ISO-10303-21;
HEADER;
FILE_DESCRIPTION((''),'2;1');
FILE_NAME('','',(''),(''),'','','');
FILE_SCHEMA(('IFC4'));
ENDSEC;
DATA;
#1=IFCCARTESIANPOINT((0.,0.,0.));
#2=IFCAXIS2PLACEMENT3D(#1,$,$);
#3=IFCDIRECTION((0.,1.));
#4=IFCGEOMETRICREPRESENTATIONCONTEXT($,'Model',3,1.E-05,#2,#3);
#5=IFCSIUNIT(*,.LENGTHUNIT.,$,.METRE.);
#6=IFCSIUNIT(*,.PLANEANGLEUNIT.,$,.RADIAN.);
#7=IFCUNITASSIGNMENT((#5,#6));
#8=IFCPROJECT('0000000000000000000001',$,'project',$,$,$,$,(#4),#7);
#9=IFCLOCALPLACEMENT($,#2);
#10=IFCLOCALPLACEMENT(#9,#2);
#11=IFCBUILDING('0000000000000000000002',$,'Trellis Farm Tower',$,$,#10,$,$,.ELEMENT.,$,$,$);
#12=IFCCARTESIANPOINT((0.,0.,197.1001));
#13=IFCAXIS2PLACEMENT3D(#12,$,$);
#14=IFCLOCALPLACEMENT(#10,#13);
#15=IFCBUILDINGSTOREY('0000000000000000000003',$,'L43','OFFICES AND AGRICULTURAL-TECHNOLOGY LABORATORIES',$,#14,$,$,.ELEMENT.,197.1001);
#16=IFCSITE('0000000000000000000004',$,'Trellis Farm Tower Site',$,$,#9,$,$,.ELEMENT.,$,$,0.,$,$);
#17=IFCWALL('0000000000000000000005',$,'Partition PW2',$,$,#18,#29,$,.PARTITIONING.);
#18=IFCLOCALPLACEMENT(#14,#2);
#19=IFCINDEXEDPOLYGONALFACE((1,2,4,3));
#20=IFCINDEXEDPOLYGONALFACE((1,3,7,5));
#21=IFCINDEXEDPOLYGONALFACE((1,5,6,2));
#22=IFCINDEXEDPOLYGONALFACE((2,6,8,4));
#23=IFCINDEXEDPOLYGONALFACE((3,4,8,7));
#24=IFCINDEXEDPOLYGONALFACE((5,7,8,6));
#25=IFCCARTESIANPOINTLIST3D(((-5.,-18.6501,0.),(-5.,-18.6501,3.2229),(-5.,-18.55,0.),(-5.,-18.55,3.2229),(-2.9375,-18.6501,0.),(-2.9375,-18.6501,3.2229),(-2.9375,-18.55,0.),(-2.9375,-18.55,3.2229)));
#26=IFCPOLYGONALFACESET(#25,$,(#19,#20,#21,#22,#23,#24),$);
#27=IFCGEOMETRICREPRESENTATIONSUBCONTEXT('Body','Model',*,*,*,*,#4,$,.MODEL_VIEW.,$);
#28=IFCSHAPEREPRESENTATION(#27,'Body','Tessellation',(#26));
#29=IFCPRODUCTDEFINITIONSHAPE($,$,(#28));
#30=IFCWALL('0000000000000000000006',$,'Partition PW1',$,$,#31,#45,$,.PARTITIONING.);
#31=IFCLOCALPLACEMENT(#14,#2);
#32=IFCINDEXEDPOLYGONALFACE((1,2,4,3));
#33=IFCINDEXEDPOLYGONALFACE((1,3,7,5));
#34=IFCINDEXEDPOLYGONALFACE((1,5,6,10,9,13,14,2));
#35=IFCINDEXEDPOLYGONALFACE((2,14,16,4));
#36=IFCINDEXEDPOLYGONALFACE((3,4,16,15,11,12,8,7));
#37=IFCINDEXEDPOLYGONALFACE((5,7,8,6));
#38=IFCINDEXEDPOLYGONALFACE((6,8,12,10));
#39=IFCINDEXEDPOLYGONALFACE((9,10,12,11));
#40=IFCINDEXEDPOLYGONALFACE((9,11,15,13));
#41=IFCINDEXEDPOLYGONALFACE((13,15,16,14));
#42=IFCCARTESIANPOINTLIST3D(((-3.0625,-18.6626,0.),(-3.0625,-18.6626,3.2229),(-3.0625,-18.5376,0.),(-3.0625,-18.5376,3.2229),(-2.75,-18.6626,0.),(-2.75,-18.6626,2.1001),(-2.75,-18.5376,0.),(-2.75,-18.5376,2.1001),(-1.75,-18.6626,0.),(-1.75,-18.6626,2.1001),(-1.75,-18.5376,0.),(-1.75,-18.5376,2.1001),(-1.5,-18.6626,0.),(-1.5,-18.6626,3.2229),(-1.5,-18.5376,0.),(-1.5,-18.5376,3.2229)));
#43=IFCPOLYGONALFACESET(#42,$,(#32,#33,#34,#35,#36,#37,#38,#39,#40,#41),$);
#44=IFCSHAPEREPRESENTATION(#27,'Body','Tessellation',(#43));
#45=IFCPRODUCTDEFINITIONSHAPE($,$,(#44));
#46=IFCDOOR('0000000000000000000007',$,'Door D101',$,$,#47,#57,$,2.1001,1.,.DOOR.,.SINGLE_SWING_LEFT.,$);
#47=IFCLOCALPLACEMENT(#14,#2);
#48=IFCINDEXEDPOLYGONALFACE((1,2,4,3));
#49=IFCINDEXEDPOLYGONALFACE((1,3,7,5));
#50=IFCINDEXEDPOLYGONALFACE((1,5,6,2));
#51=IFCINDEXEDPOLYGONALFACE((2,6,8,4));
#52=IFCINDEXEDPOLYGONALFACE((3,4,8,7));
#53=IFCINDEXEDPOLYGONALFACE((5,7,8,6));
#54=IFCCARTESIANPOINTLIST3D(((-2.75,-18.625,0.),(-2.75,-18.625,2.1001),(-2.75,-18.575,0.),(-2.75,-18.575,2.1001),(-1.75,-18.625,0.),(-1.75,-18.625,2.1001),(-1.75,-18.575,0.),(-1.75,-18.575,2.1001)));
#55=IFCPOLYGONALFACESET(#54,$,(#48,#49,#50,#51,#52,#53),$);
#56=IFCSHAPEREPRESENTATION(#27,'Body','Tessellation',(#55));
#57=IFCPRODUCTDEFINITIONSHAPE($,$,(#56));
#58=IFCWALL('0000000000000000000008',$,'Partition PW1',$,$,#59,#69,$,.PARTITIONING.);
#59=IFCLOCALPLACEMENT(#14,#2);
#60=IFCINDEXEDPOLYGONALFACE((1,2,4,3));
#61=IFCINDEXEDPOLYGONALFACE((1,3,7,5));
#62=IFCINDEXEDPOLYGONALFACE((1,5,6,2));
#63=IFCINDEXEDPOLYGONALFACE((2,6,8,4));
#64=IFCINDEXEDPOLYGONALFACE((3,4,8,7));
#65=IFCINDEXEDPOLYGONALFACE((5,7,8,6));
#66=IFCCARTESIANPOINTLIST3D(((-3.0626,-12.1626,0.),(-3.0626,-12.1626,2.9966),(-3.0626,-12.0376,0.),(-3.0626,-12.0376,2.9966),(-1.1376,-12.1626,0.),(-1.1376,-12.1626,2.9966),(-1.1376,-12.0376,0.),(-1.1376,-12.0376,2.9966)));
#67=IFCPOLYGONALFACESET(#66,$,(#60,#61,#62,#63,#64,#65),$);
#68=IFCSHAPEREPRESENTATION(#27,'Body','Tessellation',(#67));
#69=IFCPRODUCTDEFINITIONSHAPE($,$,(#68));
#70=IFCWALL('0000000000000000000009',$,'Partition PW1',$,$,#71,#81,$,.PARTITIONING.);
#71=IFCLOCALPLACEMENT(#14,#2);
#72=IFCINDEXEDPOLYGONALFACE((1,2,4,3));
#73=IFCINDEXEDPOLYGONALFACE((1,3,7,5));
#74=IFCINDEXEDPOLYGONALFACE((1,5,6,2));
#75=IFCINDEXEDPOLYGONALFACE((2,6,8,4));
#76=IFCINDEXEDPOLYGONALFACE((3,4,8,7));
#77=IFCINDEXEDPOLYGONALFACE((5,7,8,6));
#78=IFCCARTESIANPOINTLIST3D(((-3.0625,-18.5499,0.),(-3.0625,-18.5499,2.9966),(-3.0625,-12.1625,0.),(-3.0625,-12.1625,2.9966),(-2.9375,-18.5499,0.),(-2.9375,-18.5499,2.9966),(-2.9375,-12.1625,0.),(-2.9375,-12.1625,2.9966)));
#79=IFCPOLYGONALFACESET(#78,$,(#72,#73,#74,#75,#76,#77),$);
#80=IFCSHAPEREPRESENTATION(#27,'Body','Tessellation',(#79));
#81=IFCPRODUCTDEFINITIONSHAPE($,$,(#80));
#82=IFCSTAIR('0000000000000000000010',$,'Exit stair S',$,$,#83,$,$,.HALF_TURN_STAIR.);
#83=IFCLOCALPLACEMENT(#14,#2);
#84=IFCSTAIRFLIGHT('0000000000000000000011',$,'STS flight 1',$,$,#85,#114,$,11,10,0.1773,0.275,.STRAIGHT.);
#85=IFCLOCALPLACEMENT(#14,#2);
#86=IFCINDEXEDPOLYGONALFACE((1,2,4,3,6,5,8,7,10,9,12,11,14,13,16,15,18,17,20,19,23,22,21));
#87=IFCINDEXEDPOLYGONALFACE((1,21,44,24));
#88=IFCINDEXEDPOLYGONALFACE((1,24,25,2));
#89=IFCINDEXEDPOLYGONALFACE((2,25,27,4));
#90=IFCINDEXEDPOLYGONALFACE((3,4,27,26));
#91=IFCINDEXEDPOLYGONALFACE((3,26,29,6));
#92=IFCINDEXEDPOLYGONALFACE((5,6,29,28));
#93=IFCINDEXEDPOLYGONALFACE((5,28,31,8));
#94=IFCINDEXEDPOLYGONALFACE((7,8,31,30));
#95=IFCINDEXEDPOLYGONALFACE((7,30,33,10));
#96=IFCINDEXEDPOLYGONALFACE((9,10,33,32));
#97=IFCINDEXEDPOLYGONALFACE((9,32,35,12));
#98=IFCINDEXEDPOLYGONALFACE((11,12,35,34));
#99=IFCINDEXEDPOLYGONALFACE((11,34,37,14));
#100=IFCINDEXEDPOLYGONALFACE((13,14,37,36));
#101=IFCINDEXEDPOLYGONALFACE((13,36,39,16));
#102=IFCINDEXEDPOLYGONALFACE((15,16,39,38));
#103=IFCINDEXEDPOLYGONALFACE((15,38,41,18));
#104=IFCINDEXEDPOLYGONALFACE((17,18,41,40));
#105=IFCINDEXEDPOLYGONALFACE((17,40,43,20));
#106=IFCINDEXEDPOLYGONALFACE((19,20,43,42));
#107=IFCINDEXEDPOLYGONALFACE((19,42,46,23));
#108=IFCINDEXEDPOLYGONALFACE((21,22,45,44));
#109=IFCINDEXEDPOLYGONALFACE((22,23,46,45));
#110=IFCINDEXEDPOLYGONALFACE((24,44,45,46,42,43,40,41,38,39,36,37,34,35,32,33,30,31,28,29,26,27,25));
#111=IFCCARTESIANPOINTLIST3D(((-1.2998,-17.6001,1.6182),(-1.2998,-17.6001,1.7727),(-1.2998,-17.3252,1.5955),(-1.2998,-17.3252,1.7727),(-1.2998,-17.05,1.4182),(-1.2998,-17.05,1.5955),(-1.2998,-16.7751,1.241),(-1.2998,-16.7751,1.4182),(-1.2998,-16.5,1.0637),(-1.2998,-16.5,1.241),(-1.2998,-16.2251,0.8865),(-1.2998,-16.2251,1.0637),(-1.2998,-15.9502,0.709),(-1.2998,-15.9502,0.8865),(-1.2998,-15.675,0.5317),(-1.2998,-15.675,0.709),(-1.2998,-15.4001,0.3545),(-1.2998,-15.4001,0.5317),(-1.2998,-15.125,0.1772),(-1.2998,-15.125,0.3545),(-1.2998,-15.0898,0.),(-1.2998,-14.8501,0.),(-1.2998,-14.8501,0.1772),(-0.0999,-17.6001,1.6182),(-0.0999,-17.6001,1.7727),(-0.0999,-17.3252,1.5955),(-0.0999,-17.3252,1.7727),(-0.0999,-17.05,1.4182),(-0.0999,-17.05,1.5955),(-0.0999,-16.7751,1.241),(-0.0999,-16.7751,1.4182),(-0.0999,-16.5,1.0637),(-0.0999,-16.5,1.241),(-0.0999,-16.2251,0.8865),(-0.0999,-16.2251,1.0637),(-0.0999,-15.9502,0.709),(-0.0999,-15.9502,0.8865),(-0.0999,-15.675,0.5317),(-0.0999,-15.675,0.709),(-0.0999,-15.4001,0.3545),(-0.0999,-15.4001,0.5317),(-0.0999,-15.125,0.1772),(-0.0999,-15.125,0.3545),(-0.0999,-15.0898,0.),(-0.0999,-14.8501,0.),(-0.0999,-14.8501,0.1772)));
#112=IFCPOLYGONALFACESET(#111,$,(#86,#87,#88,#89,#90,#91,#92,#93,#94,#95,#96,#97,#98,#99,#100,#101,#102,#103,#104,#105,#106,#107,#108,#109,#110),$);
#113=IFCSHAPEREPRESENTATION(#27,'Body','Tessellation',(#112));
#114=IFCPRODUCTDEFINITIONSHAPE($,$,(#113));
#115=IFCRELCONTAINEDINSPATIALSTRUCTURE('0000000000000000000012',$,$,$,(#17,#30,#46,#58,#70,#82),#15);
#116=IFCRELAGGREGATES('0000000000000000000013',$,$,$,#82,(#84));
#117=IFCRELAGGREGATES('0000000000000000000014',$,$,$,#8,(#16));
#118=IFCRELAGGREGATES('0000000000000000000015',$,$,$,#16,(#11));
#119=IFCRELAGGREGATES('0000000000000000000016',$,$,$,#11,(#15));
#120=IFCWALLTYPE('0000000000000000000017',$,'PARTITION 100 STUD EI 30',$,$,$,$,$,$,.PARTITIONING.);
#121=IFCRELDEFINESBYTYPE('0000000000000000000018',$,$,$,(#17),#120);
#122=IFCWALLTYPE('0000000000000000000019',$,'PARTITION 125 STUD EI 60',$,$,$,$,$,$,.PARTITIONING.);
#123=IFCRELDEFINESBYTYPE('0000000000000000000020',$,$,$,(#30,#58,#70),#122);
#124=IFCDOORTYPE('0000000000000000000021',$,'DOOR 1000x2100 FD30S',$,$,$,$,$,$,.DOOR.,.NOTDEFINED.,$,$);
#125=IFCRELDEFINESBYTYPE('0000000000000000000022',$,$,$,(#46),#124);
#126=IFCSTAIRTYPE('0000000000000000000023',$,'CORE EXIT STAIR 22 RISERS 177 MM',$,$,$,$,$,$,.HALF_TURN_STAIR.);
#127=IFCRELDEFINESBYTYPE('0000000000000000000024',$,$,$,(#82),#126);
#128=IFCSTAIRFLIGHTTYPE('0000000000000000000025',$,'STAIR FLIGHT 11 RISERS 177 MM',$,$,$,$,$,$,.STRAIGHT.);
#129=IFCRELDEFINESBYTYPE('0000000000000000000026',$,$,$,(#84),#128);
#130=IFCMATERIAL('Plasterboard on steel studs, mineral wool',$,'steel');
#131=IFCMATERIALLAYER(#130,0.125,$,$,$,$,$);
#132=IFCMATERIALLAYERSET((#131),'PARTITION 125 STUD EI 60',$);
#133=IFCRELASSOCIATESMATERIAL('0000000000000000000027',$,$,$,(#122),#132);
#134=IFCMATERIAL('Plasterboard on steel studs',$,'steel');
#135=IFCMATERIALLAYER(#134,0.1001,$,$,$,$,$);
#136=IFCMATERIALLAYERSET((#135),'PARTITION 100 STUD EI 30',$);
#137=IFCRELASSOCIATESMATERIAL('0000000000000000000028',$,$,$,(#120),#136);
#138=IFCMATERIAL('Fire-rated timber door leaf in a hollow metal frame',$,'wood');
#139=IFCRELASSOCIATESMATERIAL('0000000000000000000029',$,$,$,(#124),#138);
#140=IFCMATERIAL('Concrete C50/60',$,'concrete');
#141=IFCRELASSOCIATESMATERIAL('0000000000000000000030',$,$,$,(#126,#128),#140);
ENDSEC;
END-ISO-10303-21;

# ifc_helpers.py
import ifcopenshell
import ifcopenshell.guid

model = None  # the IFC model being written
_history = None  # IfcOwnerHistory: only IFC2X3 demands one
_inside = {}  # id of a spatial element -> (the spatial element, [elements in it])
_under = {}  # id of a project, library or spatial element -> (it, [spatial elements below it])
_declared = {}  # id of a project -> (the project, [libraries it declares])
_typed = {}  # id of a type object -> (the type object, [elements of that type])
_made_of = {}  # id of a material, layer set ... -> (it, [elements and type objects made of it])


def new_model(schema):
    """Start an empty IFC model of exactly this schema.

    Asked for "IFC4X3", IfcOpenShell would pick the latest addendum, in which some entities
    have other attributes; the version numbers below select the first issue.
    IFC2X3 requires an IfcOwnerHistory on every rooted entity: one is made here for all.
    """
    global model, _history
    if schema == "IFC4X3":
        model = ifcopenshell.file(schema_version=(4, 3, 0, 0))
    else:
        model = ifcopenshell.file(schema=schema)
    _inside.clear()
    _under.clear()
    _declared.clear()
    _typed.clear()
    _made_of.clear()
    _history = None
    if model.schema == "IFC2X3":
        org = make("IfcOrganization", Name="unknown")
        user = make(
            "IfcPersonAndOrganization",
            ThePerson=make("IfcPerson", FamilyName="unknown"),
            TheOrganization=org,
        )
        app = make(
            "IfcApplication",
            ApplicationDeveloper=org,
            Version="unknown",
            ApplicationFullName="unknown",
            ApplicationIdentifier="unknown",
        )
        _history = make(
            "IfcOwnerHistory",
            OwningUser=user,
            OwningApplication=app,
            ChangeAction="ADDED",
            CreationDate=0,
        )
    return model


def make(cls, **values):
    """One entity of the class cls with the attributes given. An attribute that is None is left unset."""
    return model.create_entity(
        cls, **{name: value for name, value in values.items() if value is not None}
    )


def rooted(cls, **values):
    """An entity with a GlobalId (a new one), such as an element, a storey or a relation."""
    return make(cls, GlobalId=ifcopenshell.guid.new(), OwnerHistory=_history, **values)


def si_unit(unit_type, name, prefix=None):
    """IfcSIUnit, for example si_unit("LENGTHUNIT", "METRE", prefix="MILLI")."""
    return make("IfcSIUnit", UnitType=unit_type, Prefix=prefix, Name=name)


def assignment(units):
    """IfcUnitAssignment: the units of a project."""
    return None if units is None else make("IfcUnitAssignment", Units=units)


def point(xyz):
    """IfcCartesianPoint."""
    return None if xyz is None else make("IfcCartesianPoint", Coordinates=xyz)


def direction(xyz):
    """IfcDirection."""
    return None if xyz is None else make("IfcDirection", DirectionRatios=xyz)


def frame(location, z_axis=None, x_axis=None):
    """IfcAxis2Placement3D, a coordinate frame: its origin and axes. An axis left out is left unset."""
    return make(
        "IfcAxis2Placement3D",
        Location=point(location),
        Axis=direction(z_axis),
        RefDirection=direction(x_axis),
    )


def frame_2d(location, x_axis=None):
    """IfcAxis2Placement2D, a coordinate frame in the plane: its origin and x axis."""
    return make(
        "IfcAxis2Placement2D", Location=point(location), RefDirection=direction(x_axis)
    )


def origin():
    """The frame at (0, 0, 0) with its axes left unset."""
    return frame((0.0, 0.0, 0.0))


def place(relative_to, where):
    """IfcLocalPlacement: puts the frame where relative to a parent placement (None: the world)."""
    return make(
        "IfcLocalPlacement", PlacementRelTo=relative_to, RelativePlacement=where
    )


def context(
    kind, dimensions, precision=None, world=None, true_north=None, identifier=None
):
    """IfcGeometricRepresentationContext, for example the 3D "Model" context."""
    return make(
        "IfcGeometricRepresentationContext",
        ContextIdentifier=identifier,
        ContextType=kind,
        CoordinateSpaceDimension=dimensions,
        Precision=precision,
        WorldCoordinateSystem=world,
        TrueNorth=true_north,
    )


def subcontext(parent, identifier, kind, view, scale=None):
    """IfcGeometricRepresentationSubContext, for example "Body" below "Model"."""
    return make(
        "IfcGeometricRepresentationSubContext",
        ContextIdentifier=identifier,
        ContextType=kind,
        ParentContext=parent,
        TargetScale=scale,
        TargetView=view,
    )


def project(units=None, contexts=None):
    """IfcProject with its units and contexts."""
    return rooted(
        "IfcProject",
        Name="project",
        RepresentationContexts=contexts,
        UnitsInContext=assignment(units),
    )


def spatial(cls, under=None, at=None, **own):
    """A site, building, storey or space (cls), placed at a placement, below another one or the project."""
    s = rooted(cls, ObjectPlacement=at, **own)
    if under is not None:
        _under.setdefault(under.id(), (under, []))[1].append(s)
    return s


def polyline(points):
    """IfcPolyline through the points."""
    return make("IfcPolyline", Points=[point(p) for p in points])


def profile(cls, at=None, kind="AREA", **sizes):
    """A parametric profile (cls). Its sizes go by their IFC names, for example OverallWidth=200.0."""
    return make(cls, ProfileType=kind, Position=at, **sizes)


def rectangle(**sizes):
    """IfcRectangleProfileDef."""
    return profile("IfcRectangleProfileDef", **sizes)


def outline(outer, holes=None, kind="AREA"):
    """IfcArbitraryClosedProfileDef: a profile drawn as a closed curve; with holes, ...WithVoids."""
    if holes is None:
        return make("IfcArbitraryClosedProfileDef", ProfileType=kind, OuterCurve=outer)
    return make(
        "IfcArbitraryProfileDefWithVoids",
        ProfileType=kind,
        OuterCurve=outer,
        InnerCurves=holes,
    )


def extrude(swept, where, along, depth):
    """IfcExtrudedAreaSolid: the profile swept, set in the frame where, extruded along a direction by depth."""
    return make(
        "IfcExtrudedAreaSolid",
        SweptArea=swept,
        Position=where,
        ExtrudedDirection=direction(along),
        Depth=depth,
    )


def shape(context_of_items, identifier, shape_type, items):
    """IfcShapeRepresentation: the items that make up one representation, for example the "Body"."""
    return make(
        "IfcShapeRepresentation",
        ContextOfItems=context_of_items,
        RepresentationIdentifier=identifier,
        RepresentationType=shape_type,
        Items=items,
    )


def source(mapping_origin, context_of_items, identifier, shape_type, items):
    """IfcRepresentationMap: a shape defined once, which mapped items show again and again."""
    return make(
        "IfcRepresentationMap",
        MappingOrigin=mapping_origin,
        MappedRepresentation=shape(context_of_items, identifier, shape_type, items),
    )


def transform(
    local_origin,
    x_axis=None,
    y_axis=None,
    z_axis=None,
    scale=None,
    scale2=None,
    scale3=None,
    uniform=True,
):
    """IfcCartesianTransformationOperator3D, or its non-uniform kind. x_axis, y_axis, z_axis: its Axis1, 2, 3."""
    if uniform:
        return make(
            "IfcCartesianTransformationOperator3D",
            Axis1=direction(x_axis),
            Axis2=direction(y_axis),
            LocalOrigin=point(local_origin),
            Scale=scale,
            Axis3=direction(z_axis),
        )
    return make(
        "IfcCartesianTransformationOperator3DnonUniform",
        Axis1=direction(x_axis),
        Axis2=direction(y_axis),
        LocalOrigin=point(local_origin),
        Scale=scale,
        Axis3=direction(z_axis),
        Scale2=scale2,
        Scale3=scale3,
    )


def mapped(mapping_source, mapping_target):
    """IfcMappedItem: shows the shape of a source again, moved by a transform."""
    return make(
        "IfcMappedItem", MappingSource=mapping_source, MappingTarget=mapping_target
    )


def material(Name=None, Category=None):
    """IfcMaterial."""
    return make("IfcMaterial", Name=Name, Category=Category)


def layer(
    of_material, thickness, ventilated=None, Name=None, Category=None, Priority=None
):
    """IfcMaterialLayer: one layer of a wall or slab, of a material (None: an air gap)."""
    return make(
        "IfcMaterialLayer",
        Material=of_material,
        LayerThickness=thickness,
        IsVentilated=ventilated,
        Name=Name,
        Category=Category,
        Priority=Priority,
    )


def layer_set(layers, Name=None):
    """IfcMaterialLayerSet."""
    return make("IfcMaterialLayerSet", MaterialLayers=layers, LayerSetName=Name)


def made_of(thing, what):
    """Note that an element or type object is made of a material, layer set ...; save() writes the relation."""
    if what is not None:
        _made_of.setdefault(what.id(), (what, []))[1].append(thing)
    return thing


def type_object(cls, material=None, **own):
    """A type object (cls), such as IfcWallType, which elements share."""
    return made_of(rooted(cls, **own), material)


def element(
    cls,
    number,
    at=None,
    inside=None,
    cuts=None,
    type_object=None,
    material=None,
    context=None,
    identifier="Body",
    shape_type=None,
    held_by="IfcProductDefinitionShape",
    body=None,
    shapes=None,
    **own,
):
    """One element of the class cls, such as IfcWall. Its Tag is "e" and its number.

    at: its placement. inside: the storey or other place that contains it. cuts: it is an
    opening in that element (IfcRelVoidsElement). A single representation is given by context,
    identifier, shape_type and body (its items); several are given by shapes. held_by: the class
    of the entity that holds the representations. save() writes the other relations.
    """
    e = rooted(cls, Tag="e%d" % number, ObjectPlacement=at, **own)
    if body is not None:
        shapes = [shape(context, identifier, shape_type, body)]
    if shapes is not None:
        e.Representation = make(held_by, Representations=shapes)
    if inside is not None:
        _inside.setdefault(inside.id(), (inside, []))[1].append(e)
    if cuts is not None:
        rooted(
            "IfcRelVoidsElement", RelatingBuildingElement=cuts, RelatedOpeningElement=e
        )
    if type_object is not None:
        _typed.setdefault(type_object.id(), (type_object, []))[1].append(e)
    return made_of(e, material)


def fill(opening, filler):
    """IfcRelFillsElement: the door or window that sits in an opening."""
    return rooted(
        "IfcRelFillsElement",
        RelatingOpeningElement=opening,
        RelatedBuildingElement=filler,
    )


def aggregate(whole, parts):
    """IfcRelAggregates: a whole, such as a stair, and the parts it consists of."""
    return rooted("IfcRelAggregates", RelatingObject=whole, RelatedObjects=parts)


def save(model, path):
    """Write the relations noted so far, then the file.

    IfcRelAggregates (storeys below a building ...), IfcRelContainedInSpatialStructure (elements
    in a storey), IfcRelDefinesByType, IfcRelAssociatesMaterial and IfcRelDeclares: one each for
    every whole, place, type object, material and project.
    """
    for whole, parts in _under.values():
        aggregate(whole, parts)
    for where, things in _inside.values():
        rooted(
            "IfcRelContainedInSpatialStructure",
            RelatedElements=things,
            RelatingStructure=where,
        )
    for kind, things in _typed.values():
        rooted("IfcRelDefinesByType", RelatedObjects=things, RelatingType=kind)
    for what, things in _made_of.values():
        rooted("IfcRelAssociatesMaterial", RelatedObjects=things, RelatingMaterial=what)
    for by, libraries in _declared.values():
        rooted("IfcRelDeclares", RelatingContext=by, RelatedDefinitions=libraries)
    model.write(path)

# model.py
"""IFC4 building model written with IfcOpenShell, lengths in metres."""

from ifc_helpers import new_model, si_unit, direction, frame, frame_2d, origin, place, context, subcontext, project, spatial, polyline, rectangle, outline, extrude, source, transform, mapped, material, layer, layer_set, type_object, element, fill, aggregate, save


model = new_model("IFC4")

# Units and contexts
model_context = context("Model", 3, precision=1e-05, world=origin(), true_north=direction((0.0, 1.0)))
body_context = subcontext(model_context, "Body", "Model", "MODEL_VIEW")
ifc_project = project(units=[si_unit("LENGTHUNIT", "METRE"), si_unit("PLANEANGLEUNIT", "RADIAN")], contexts=[model_context])

# Site, building, storey
site_placement = place(None, origin())
site = spatial("IfcSite", under=ifc_project, at=site_placement, Name="Trellis Farm Tower Site", CompositionType="ELEMENT", RefElevation=0.0)
building_placement = place(site_placement, origin())
building = spatial("IfcBuilding", under=site, at=building_placement, Name="Trellis Farm Tower", CompositionType="ELEMENT")
storey_placement = place(building_placement, frame((0.0, 0.0, 197.1001)))
storey = spatial("IfcBuildingStorey", under=building, at=storey_placement, Name="L43", Description="OFFICES AND AGRICULTURAL-TECHNOLOGY LABORATORIES", CompositionType="ELEMENT", Elevation=197.1001)

# Shared definitions
placement = place(storey_placement, origin())

# Shared definitions
ifc_material_1 = material(Name="Plasterboard on steel studs, mineral wool", Category="steel")
ifc_layer_1 = layer(ifc_material_1, 0.125)
ifc_layer_set_1 = layer_set([ifc_layer_1], Name="PARTITION 125 STUD EI 60")
wall_type_1 = type_object("IfcWallType", Name="PARTITION 125 STUD EI 60", PredefinedType="PARTITIONING", material=ifc_layer_set_1)
ifc_material_2 = material(Name="Fire-rated timber door leaf in a hollow metal frame", Category="wood")

# Wall
ifc_material_3 = material(Name="Plasterboard on steel studs", Category="steel")
ifc_layer_2 = layer(ifc_material_3, 0.1001)
ifc_layer_set_2 = layer_set([ifc_layer_2], Name="PARTITION 100 STUD EI 30")
wall_type_2 = type_object("IfcWallType", Name="PARTITION 100 STUD EI 30", PredefinedType="PARTITIONING", material=ifc_layer_set_2)
shared_shape_1 = source(origin(), body_context, "Body", "SweptSolid", [
    extrude(rectangle(XDim=2.0625, YDim=0.1001, at=frame_2d((1.0312, 0.0))), origin(), (0.0, 0.0, 1.0), 3.2229),
])
wall_1_placement = place(storey_placement, frame((-5.0, -18.6001, 0.0), z_axis=(0.0, 0.0, 1.0), x_axis=(1.0, 0.0, 0.0)))
element("IfcWall", 1, at=wall_1_placement, inside=storey, type_object=wall_type_2, Name="Partition PW2", PredefinedType="PARTITIONING", context=body_context, shape_type="MappedRepresentation", body=[
    mapped(shared_shape_1, transform((0.0, 0.0, 0.0))),
])

# Wall, opening, door
shared_shape_2 = source(origin(), body_context, "Body", "SweptSolid", [
    extrude(rectangle(XDim=1.5625, YDim=0.125, at=frame_2d((0.7812, 0.0))), origin(), (0.0, 0.0, 1.0), 3.2229),
])
wall_2_placement = place(storey_placement, frame((-1.5, -18.6001, 0.0), z_axis=(0.0, 0.0, 1.0), x_axis=(-1.0, 0.0, 0.0)))
wall_2 = element("IfcWall", 2, at=wall_2_placement, inside=storey, type_object=wall_type_1, Name="Partition PW1", PredefinedType="PARTITIONING", context=body_context, shape_type="MappedRepresentation", body=[
    mapped(shared_shape_2, transform((0.0, 0.0, 0.0))),
])
shared_shape_3 = source(origin(), body_context, "Body", "SweptSolid", [
    extrude(rectangle(XDim=1.0, YDim=2.1001, at=frame_2d((0.5, 1.05))), frame((0.0, 0.0725, 0.0), z_axis=(0.0, -1.0, 0.0), x_axis=(1.0, 0.0, 0.0)), (0.0, 0.0, 1.0), 0.145),
])
opening_1_placement = place(wall_2_placement, frame((0.25, 0.0, 0.0)))
opening_1 = element("IfcOpeningElement", 3, at=opening_1_placement, cuts=wall_2, PredefinedType="OPENING", context=body_context, shape_type="MappedRepresentation", body=[
    mapped(shared_shape_3, transform((0.0, 0.0, 0.0))),
])
door_type_1 = type_object("IfcDoorType", Name="DOOR 1000x2100 FD30S", OperationType="NOTDEFINED", PredefinedType="DOOR", material=ifc_material_2)
shared_shape_4 = source(origin(), body_context, "Body", "SweptSolid", [
    extrude(rectangle(XDim=1.0, YDim=2.1001, at=frame_2d((0.5, 1.05))), frame((0.0, 0.0249, 0.0), z_axis=(0.0, -1.0, 0.0), x_axis=(1.0, 0.0, 0.0)), (0.0, 0.0, 1.0), 0.05),
])
door_1_placement = place(opening_1_placement, origin())
door_1 = element("IfcDoor", 4, at=door_1_placement, inside=storey, type_object=door_type_1, Name="Door D101", OperationType="SINGLE_SWING_LEFT", OverallHeight=2.1001, OverallWidth=1.0, PredefinedType="DOOR", context=body_context, shape_type="MappedRepresentation", body=[
    mapped(shared_shape_4, transform((0.0, 0.0, 0.0))),
])
fill(opening_1, door_1)

# Walls
shared_shape_5 = source(origin(), body_context, "Body", "SweptSolid", [
    extrude(rectangle(XDim=1.925, YDim=0.125, at=frame_2d((0.9624, 0.0))), origin(), (0.0, 0.0, 1.0), 2.9966),
])
wall_3_placement = place(storey_placement, frame((-3.0625, -12.1001, 0.0), z_axis=(0.0, 0.0, 1.0), x_axis=(1.0, 0.0, 0.0)))
element("IfcWall", 5, at=wall_3_placement, inside=storey, type_object=wall_type_1, Name="Partition PW1", PredefinedType="PARTITIONING", context=body_context, shape_type="MappedRepresentation", body=[
    mapped(shared_shape_5, transform((0.0, 0.0, 0.0))),
])
shared_shape_6 = source(origin(), body_context, "Body", "SweptSolid", [
    extrude(rectangle(XDim=6.3875, YDim=0.125, at=frame_2d((3.1938, 0.0))), origin(), (0.0, 0.0, 1.0), 2.9966),
])
wall_4_placement = place(storey_placement, frame((-3.0, -18.55, 0.0), z_axis=(0.0, 0.0, 1.0), x_axis=(0.0, 1.0, 0.0)))
element("IfcWall", 6, at=wall_4_placement, inside=storey, type_object=wall_type_1, Name="Partition PW1", PredefinedType="PARTITIONING", context=body_context, shape_type="MappedRepresentation", body=[
    mapped(shared_shape_6, transform((0.0, 0.0, 0.0))),
])

# Stair, stair flight
ifc_material_4 = material(Name="Concrete C50/60", Category="concrete")
stair_type = type_object("IfcStairType", Name="CORE EXIT STAIR 22 RISERS 177 MM", PredefinedType="HALF_TURN_STAIR", material=ifc_material_4)
stair = element("IfcStair", 7, at=placement, inside=storey, type_object=stair_type, Name="Exit stair S", PredefinedType="HALF_TURN_STAIR")
stair_flight_type = type_object("IfcStairFlightType", Name="STAIR FLIGHT 11 RISERS 177 MM", PredefinedType="STRAIGHT", material=ifc_material_4)
shared_shape_7 = source(origin(), body_context, "Body", "SweptSolid", [
    extrude(outline(polyline([(0.0, 0.0), (0.0, 0.1772), (0.2749, 0.1772), (0.2749, 0.3545), (0.55, 0.3545), (0.55, 0.5317), (0.825, 0.5317), (0.825, 0.709), (1.1001, 0.709), (1.1001, 0.8865), (1.375, 0.8865), (1.375, 1.0637), (1.6499, 1.0637), (1.6499, 1.241), (1.925, 1.241), (1.925, 1.4182), (2.2, 1.4182), (2.2, 1.5955), (2.4751, 1.5955), (2.4751, 1.7727), (2.75, 1.7727), (2.75, 1.95), (2.75, 1.6182), (0.2397, 0.0), (0.0, 0.0)])), frame((0.0, 0.6001, 0.0), z_axis=(0.0, -1.0, 0.0), x_axis=(1.0, 0.0, 0.0)), (0.0, 0.0, 1.0), 1.2),
])
stair_flight_placement = place(storey_placement, frame((-0.7, -14.8501, 0.0), z_axis=(0.0, 0.0, 1.0), x_axis=(0.0, -1.0, 0.0)))
stair_flight = element("IfcStairFlight", 8, at=stair_flight_placement, type_object=stair_flight_type, Name="STS flight 1", NumberOfRisers=11, NumberOfTreads=10, PredefinedType="STRAIGHT", RiserHeight=0.1773, TreadLength=0.275, context=body_context, shape_type="MappedRepresentation", body=[
    mapped(shared_shape_7, transform((0.0, 0.0, 0.0))),
])
aggregate(stair, [stair_flight])

save(model, "model.ifc")
